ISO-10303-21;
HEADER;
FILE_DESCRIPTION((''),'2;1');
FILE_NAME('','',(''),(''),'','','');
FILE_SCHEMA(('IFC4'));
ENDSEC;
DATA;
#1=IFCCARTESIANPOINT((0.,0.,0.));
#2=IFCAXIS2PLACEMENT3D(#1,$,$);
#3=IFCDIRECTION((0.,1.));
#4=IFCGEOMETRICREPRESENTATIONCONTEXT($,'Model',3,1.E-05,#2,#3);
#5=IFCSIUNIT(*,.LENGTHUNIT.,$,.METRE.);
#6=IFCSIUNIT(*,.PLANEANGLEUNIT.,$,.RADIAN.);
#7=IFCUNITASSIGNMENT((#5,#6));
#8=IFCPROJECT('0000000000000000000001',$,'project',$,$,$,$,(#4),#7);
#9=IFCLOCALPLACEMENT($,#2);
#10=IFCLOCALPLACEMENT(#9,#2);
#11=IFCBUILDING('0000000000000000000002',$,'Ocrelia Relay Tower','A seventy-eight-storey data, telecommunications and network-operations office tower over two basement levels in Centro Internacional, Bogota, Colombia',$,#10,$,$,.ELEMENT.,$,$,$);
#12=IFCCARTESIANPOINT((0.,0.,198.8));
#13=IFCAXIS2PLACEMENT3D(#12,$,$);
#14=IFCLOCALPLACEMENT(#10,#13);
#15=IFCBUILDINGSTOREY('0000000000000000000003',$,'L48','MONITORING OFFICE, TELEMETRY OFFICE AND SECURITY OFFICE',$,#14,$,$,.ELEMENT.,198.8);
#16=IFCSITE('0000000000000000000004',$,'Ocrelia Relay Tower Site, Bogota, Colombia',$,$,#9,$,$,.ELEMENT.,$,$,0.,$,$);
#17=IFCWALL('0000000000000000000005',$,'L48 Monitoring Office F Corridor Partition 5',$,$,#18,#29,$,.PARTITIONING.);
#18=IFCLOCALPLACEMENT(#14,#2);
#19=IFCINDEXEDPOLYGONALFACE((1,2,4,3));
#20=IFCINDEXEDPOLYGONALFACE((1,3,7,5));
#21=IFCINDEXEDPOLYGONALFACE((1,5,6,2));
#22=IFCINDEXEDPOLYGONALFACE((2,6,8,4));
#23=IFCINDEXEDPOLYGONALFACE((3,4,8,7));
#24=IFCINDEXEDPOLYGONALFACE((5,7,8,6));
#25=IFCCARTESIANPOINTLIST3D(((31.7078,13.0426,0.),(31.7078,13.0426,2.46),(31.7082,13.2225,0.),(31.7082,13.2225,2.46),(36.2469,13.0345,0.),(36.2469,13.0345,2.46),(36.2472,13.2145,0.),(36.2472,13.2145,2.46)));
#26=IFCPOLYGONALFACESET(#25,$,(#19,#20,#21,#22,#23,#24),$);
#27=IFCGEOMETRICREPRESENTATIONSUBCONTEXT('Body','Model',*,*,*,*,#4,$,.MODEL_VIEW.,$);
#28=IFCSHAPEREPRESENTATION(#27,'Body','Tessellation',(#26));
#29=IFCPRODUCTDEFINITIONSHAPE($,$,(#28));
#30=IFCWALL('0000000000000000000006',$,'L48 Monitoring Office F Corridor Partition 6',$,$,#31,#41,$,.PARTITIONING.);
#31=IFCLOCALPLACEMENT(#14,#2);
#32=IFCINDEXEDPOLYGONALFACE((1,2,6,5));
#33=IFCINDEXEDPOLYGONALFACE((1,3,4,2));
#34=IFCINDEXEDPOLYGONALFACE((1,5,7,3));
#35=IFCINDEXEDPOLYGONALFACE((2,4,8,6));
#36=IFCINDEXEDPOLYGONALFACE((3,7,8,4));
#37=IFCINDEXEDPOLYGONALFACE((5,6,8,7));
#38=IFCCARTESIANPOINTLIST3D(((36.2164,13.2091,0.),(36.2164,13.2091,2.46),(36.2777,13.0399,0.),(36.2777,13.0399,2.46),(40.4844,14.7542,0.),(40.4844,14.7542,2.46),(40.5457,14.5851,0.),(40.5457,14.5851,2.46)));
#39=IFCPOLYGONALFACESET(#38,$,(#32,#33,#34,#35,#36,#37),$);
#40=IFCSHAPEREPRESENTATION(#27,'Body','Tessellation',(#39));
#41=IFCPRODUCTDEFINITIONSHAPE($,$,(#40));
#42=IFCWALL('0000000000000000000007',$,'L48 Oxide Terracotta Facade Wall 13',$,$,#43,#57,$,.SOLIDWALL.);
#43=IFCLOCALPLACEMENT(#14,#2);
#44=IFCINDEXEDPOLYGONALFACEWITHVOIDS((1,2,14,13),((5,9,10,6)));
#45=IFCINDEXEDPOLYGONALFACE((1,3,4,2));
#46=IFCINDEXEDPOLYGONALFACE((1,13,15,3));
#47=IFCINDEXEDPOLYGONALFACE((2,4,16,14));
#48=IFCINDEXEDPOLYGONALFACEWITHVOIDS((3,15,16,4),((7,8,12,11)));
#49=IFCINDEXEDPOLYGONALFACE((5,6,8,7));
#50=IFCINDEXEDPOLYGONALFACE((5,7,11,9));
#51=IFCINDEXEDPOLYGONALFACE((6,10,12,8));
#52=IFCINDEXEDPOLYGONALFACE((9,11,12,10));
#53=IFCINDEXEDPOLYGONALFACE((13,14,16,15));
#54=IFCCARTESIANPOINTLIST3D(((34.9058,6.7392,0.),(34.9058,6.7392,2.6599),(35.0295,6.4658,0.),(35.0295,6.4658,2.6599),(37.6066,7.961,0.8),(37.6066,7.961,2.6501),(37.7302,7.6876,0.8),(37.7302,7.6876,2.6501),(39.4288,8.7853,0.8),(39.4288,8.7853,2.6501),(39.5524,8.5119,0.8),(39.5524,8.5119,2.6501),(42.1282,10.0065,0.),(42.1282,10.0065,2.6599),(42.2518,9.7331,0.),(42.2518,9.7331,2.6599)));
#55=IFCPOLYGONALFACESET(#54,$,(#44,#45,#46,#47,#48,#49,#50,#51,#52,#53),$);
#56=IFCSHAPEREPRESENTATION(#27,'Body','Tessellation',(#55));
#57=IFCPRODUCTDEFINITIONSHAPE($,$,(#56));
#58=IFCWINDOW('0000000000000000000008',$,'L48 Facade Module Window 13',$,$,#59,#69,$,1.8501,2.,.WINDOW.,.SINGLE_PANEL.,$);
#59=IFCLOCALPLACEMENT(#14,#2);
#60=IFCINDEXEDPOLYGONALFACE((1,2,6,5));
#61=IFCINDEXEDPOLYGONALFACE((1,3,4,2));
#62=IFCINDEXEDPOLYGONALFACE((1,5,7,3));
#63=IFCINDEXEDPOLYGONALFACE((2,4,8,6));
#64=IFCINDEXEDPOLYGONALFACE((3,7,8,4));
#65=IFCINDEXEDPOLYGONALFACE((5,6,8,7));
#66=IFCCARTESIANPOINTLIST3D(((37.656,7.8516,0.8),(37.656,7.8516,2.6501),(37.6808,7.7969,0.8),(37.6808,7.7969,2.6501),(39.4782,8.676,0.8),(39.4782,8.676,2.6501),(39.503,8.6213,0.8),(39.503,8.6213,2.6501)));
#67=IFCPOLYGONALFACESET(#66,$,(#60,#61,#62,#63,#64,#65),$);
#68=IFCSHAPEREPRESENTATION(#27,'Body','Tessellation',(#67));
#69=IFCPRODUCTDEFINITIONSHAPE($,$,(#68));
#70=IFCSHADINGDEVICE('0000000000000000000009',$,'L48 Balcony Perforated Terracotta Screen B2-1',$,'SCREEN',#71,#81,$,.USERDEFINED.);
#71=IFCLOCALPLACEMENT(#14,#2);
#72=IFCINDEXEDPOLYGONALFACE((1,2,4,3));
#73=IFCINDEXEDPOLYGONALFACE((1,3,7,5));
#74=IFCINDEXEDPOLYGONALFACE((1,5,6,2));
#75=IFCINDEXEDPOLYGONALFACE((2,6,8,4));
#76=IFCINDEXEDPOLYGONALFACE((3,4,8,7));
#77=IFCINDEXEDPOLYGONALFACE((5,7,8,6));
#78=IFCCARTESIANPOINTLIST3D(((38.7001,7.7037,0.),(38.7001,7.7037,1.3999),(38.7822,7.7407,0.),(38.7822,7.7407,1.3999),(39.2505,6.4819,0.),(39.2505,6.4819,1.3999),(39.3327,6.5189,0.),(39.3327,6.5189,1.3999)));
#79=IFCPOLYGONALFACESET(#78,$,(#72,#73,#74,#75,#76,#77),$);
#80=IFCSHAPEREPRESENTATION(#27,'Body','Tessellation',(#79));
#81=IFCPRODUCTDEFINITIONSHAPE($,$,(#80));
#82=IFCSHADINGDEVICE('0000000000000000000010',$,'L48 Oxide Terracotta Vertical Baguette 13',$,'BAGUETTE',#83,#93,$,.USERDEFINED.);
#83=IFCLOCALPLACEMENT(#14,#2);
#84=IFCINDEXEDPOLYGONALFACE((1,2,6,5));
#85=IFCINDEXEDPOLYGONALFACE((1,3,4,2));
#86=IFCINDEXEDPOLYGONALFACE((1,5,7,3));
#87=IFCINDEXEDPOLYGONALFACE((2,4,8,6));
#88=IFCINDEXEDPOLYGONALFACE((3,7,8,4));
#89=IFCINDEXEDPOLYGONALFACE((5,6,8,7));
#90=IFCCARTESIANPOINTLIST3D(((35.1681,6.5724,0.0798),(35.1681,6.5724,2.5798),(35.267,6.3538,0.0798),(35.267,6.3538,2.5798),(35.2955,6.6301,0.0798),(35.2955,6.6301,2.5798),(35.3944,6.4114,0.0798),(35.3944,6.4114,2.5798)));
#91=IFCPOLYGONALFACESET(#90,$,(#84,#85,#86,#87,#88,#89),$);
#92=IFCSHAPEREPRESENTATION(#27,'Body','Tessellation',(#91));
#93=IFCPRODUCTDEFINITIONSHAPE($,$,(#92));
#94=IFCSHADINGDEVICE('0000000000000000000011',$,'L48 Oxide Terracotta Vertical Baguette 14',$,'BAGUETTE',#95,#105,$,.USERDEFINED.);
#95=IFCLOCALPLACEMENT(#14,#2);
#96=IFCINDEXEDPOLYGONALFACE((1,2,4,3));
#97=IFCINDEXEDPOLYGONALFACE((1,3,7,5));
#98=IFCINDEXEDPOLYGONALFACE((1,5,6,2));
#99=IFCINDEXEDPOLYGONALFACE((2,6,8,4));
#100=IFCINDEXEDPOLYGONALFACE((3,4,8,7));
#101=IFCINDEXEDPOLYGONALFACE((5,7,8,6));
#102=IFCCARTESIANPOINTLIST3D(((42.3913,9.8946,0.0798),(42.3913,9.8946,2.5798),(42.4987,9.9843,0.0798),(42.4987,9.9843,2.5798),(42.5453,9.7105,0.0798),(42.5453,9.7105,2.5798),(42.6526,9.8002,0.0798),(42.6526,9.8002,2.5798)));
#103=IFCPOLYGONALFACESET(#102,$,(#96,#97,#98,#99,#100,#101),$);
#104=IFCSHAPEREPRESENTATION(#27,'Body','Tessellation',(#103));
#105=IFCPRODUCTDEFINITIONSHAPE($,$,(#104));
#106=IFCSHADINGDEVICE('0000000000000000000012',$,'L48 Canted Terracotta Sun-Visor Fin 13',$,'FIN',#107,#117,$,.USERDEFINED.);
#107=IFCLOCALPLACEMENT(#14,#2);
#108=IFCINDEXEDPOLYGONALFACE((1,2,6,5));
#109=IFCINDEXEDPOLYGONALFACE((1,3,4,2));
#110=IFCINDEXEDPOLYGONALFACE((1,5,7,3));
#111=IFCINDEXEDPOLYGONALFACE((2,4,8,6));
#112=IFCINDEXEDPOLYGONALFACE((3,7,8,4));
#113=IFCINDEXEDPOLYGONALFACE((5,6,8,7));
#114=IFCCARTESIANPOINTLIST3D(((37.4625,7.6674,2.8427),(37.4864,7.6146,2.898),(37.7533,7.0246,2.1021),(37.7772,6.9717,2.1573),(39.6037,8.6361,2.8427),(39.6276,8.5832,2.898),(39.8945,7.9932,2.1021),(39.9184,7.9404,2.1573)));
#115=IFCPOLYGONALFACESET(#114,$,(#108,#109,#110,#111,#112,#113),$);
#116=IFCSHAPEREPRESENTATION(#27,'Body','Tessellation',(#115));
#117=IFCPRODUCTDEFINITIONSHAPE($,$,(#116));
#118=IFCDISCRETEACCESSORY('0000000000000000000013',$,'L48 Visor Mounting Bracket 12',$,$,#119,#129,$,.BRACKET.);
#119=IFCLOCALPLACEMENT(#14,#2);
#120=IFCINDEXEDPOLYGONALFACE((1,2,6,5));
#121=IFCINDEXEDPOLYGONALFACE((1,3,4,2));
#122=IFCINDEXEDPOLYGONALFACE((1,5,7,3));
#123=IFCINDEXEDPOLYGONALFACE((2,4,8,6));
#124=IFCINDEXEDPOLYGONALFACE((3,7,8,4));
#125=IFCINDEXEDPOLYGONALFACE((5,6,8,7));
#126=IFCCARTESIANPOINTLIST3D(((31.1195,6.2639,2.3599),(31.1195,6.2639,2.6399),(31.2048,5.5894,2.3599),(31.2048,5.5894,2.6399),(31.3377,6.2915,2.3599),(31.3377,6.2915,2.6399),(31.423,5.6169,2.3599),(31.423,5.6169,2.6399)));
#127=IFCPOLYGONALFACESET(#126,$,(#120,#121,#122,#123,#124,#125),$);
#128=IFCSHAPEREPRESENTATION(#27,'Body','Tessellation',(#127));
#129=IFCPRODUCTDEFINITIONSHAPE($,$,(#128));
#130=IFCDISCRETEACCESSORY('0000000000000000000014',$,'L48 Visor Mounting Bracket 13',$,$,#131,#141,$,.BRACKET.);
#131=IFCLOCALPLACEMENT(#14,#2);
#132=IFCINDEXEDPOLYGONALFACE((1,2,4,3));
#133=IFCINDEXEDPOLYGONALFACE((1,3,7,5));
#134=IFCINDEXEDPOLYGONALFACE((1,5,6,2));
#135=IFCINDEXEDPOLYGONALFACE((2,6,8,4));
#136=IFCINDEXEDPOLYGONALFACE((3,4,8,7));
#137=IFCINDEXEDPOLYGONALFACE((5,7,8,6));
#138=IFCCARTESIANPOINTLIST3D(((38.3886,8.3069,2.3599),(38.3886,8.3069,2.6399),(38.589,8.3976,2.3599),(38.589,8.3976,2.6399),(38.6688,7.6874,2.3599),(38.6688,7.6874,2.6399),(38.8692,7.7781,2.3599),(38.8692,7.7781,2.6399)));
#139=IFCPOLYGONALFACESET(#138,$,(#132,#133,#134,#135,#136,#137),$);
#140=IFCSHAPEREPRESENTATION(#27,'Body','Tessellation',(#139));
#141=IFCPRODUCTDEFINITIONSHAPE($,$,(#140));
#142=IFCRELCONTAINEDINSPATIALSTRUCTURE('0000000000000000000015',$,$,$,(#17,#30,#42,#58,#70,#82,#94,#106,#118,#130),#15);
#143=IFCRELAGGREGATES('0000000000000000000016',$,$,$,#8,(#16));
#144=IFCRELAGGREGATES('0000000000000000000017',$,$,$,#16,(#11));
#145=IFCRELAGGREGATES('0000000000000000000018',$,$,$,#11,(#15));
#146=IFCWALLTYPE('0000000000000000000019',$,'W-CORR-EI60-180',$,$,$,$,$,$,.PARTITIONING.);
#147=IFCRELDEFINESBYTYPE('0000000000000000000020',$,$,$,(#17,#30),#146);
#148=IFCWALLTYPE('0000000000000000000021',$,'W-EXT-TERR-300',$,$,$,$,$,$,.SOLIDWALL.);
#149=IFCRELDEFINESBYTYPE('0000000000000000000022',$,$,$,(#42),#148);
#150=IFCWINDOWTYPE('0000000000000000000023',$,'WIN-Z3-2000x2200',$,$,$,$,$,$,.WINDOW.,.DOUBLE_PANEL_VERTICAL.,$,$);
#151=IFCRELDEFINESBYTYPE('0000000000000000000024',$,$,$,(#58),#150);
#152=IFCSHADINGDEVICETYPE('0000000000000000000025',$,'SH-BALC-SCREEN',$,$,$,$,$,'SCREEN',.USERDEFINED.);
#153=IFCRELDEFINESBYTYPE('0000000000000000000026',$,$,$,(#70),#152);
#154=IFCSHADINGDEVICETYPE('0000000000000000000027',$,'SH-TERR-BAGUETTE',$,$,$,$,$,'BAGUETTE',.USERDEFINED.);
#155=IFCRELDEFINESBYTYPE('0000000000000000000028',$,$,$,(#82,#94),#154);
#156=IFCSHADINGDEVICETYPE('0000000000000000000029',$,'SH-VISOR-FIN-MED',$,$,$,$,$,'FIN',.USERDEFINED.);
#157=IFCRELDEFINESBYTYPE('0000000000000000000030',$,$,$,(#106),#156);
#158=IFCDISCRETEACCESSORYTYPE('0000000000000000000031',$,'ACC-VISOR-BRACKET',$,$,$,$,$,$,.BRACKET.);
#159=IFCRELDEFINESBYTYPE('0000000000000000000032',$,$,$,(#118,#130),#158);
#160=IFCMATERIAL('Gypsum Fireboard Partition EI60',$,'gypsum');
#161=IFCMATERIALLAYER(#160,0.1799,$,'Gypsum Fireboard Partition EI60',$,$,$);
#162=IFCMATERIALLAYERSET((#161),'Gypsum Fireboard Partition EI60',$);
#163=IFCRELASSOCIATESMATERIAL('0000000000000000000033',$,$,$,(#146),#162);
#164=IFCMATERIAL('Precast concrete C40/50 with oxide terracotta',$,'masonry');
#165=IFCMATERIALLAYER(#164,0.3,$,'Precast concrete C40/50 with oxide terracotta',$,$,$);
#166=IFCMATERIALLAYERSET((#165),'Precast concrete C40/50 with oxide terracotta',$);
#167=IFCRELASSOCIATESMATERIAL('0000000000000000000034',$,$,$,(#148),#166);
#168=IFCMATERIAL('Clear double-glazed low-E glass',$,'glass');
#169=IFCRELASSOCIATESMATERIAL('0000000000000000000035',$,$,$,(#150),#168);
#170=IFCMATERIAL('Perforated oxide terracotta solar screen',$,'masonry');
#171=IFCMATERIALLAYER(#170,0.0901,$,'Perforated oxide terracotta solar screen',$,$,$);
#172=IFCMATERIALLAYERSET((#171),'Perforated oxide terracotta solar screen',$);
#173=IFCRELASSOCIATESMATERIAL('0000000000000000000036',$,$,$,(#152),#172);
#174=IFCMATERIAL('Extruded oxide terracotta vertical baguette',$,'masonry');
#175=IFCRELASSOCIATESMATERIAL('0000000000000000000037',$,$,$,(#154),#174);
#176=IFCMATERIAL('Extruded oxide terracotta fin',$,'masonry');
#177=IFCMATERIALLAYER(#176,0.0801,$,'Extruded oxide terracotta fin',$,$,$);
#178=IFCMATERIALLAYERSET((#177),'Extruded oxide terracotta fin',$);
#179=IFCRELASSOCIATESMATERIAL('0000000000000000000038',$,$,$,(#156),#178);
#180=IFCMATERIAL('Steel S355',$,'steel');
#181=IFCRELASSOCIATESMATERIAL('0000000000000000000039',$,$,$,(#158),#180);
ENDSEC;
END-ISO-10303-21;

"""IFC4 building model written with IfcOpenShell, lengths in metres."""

from ifc_helpers import new_model, si_unit, direction, frame, frame_2d, origin, origin_2d, place, context, subcontext, project, spatial, rectangle, extrude, material, layer, layer_set, type_object, element, fill, save


model = new_model("IFC4")

# Units and contexts
model_context = context("Model", 3, precision=1e-05, world=origin(), true_north=direction((0.0, 1.0)))
body_context = subcontext(model_context, "Body", "Model", "MODEL_VIEW")
ifc_project = project(units=[si_unit("LENGTHUNIT", "METRE"), si_unit("PLANEANGLEUNIT", "RADIAN")], contexts=[model_context])

# Site, building, storey
site_placement = place(None, origin())
site = spatial("IfcSite", under=ifc_project, at=site_placement, Name="Ocrelia Relay Tower Site, Bogota, Colombia", CompositionType="ELEMENT", RefElevation=0.0)
building_placement = place(site_placement, origin())
building = spatial("IfcBuilding", under=site, at=building_placement, Name="Ocrelia Relay Tower", Description="A seventy-eight-storey data, telecommunications and network-operations office tower over two basement levels in Centro Internacional, Bogota, Colombia", CompositionType="ELEMENT")
storey_placement = place(building_placement, frame((0.0, 0.0, 198.8)))
storey = spatial("IfcBuildingStorey", under=building, at=storey_placement, Name="L48", Description="MONITORING OFFICE, TELEMETRY OFFICE AND SECURITY OFFICE", CompositionType="ELEMENT", Elevation=198.8)

# Shared definitions
ifc_material_1 = material(Name="Steel S355", Category="steel")

# Walls
ifc_material_2 = material(Name="Gypsum Fireboard Partition EI60", Category="gypsum")
ifc_layer_1 = layer(ifc_material_2, 0.1799, Name="Gypsum Fireboard Partition EI60")
ifc_layer_set_1 = layer_set([ifc_layer_1], Name="Gypsum Fireboard Partition EI60")
wall_type_1 = type_object("IfcWallType", Name="W-CORR-EI60-180", PredefinedType="PARTITIONING", material=ifc_layer_set_1)
for number, where, z_axis, x_axis, name in (
    (1, (31.708, 13.1326, 0.0), (0.0, 0.0, 1.0), (0.999998, -0.001775, 0.0), "L48 Monitoring Office F Corridor Partition 5"),
    (2, (36.2471, 13.1245, 0.0), (0.0, 0.0, 1.0), (0.940278, 0.340408, 0.0), "L48 Monitoring Office F Corridor Partition 6"),
):
    element("IfcWall", number, at=place(storey_placement, frame(where, z_axis=z_axis, x_axis=x_axis)), inside=storey, type_object=wall_type_1, Name=name, PredefinedType="PARTITIONING", context=body_context, shape_type="SweptSolid", body=[
        extrude(rectangle(XDim=4.5391, YDim=0.1799, at=frame_2d((2.2695, 0.0))), origin(), (0.0, 0.0, 1.0), 2.46),
    ])

# Wall, opening, window
ifc_material_3 = material(Name="Precast concrete C40/50 with oxide terracotta", Category="masonry")
ifc_layer_2 = layer(ifc_material_3, 0.3, Name="Precast concrete C40/50 with oxide terracotta")
ifc_layer_set_2 = layer_set([ifc_layer_2], Name="Precast concrete C40/50 with oxide terracotta")
wall_type_2 = type_object("IfcWallType", Name="W-EXT-TERR-300", PredefinedType="SOLIDWALL", material=ifc_layer_set_2)
wall_1_placement = place(storey_placement, frame((34.9678, 6.6025, 0.0), z_axis=(0.0, 0.0, 1.0), x_axis=(0.911105, 0.412173, 0.0)))
wall_1 = element("IfcWall", 3, at=wall_1_placement, inside=storey, type_object=wall_type_2, Name="L48 Oxide Terracotta Facade Wall 13", PredefinedType="SOLIDWALL", context=body_context, shape_type="SweptSolid", body=[
    extrude(rectangle(XDim=7.927, YDim=0.3, at=frame_2d((3.9634, 0.0))), origin(), (0.0, 0.0, 1.0), 2.6599),
])
opening_1_placement = place(wall_1_placement, frame((2.9641, 0.0, 0.8)))
opening_1 = element("IfcOpeningElement", 4, at=opening_1_placement, cuts=wall_1, PredefinedType="OPENING", context=body_context, shape_type="SweptSolid", body=[
    extrude(rectangle(XDim=2.0, YDim=1.8501, at=frame_2d((1.0, 0.925))), frame((0.0, 0.1602, 0.0), z_axis=(0.0, -1.0, 0.0), x_axis=(1.0, 0.0, 0.0)), (0.0, 0.0, 1.0), 0.3201),
])
ifc_material_4 = material(Name="Clear double-glazed low-E glass", Category="glass")
window_type = type_object("IfcWindowType", Name="WIN-Z3-2000x2200", PartitioningType="DOUBLE_PANEL_VERTICAL", PredefinedType="WINDOW", material=ifc_material_4)
window_placement = place(opening_1_placement, origin())
window = element("IfcWindow", 5, at=window_placement, inside=storey, type_object=window_type, Name="L48 Facade Module Window 13", OverallHeight=1.8501, OverallWidth=2.0, PartitioningType="SINGLE_PANEL", PredefinedType="WINDOW", context=body_context, shape_type="SweptSolid", body=[
    extrude(rectangle(XDim=2.0, YDim=1.8501, at=frame_2d((1.0, 0.925))), frame((0.0, 0.03, 0.0), z_axis=(0.0, -1.0, 0.0), x_axis=(1.0, 0.0, 0.0)), (0.0, 0.0, 1.0), 0.0601),
])
fill(opening_1, window)

# Shading devices
ifc_material_5 = material(Name="Perforated oxide terracotta solar screen", Category="masonry")
ifc_layer_3 = layer(ifc_material_5, 0.0901, Name="Perforated oxide terracotta solar screen")
ifc_layer_set_3 = layer_set([ifc_layer_3], Name="Perforated oxide terracotta solar screen")
shading_device_type_1 = type_object("IfcShadingDeviceType", Name="SH-BALC-SCREEN", ElementType="SCREEN", PredefinedType="USERDEFINED", material=ifc_layer_set_3)
shading_device_1_placement = place(storey_placement, frame((39.0164, 7.1113, 0.0), z_axis=(0.0, 0.0, 1.0), x_axis=(0.410767, -0.91174, 0.0)))
element("IfcShadingDevice", 6, at=shading_device_1_placement, inside=storey, type_object=shading_device_type_1, Name="L48 Balcony Perforated Terracotta Screen B2-1", ObjectType="SCREEN", PredefinedType="USERDEFINED", context=body_context, shape_type="SweptSolid", body=[
    extrude(rectangle(XDim=1.3401, YDim=0.0901, at=origin_2d()), origin(), (0.0, 0.0, 1.0), 1.3999),
])
ifc_material_6 = material(Name="Extruded oxide terracotta vertical baguette", Category="masonry")
shading_device_type_2 = type_object("IfcShadingDeviceType", Name="SH-TERR-BAGUETTE", ElementType="BAGUETTE", PredefinedType="USERDEFINED", material=ifc_material_6)
for number, where, z_axis, x_axis, name in (
    (7, (35.2812, 6.4919, 0.0798), (0.0, 0.0, 1.0), (0.911107, 0.41217, 0.0), "L48 Oxide Terracotta Vertical Baguette 13"),
    (8, (42.522, 9.8474, 0.0798), (0.0, 0.0, 1.0), (0.767167, 0.641447, 0.0), "L48 Oxide Terracotta Vertical Baguette 14"),
):
    element("IfcShadingDevice", number, at=place(storey_placement, frame(where, z_axis=z_axis, x_axis=x_axis)), inside=storey, type_object=shading_device_type_2, Name=name, ObjectType="BAGUETTE", PredefinedType="USERDEFINED", context=body_context, shape_type="SweptSolid", body=[
        extrude(rectangle(XDim=0.1399, YDim=0.24, at=origin_2d()), origin(), (0.0, 0.0, 1.0), 2.5),
    ])
ifc_material_7 = material(Name="Extruded oxide terracotta fin", Category="masonry")
ifc_layer_4 = layer(ifc_material_7, 0.0801, Name="Extruded oxide terracotta fin")
ifc_layer_set_4 = layer_set([ifc_layer_4], Name="Extruded oxide terracotta fin")
shading_device_type_3 = type_object("IfcShadingDeviceType", Name="SH-VISOR-FIN-MED", ElementType="FIN", PredefinedType="USERDEFINED", material=ifc_layer_set_4)
shading_device_2_placement = place(storey_placement, frame((38.6785, 7.8303, 2.4724), z_axis=(0.298433, -0.659688, 0.689746), x_axis=(0.911107, 0.41217, 0.0)))
element("IfcShadingDevice", 9, at=shading_device_2_placement, inside=storey, type_object=shading_device_type_3, Name="L48 Canted Terracotta Sun-Visor Fin 13", ObjectType="FIN", PredefinedType="USERDEFINED", context=body_context, shape_type="SweptSolid", body=[
    extrude(rectangle(XDim=2.3501, YDim=1.0229, at=origin_2d()), origin(), (0.0, 0.0, 1.0), 0.0801),
])

# Discrete accessories
discrete_accessory_type = type_object("IfcDiscreteAccessoryType", Name="ACC-VISOR-BRACKET", PredefinedType="BRACKET", material=ifc_material_1)
for number, where, z_axis, x_axis, name in (
    (10, (31.2712, 5.9404, 2.3599), (0.0, 0.0, 1.0), (0.992104, 0.125421, 0.0), "L48 Visor Mounting Bracket 12"),
    (11, (38.6289, 8.0425, 2.3599), (0.0, 0.0, 1.0), (0.911107, 0.41217, 0.0), "L48 Visor Mounting Bracket 13"),
):
    element("IfcDiscreteAccessory", number, at=place(storey_placement, frame(where, z_axis=z_axis, x_axis=x_axis)), inside=storey, type_object=discrete_accessory_type, Name=name, PredefinedType="BRACKET", context=body_context, shape_type="SweptSolid", body=[
        extrude(rectangle(XDim=0.22, YDim=0.6799, at=origin_2d()), origin(), (0.0, 0.0, 1.0), 0.28),
    ])

save(model, "model.ifc")
